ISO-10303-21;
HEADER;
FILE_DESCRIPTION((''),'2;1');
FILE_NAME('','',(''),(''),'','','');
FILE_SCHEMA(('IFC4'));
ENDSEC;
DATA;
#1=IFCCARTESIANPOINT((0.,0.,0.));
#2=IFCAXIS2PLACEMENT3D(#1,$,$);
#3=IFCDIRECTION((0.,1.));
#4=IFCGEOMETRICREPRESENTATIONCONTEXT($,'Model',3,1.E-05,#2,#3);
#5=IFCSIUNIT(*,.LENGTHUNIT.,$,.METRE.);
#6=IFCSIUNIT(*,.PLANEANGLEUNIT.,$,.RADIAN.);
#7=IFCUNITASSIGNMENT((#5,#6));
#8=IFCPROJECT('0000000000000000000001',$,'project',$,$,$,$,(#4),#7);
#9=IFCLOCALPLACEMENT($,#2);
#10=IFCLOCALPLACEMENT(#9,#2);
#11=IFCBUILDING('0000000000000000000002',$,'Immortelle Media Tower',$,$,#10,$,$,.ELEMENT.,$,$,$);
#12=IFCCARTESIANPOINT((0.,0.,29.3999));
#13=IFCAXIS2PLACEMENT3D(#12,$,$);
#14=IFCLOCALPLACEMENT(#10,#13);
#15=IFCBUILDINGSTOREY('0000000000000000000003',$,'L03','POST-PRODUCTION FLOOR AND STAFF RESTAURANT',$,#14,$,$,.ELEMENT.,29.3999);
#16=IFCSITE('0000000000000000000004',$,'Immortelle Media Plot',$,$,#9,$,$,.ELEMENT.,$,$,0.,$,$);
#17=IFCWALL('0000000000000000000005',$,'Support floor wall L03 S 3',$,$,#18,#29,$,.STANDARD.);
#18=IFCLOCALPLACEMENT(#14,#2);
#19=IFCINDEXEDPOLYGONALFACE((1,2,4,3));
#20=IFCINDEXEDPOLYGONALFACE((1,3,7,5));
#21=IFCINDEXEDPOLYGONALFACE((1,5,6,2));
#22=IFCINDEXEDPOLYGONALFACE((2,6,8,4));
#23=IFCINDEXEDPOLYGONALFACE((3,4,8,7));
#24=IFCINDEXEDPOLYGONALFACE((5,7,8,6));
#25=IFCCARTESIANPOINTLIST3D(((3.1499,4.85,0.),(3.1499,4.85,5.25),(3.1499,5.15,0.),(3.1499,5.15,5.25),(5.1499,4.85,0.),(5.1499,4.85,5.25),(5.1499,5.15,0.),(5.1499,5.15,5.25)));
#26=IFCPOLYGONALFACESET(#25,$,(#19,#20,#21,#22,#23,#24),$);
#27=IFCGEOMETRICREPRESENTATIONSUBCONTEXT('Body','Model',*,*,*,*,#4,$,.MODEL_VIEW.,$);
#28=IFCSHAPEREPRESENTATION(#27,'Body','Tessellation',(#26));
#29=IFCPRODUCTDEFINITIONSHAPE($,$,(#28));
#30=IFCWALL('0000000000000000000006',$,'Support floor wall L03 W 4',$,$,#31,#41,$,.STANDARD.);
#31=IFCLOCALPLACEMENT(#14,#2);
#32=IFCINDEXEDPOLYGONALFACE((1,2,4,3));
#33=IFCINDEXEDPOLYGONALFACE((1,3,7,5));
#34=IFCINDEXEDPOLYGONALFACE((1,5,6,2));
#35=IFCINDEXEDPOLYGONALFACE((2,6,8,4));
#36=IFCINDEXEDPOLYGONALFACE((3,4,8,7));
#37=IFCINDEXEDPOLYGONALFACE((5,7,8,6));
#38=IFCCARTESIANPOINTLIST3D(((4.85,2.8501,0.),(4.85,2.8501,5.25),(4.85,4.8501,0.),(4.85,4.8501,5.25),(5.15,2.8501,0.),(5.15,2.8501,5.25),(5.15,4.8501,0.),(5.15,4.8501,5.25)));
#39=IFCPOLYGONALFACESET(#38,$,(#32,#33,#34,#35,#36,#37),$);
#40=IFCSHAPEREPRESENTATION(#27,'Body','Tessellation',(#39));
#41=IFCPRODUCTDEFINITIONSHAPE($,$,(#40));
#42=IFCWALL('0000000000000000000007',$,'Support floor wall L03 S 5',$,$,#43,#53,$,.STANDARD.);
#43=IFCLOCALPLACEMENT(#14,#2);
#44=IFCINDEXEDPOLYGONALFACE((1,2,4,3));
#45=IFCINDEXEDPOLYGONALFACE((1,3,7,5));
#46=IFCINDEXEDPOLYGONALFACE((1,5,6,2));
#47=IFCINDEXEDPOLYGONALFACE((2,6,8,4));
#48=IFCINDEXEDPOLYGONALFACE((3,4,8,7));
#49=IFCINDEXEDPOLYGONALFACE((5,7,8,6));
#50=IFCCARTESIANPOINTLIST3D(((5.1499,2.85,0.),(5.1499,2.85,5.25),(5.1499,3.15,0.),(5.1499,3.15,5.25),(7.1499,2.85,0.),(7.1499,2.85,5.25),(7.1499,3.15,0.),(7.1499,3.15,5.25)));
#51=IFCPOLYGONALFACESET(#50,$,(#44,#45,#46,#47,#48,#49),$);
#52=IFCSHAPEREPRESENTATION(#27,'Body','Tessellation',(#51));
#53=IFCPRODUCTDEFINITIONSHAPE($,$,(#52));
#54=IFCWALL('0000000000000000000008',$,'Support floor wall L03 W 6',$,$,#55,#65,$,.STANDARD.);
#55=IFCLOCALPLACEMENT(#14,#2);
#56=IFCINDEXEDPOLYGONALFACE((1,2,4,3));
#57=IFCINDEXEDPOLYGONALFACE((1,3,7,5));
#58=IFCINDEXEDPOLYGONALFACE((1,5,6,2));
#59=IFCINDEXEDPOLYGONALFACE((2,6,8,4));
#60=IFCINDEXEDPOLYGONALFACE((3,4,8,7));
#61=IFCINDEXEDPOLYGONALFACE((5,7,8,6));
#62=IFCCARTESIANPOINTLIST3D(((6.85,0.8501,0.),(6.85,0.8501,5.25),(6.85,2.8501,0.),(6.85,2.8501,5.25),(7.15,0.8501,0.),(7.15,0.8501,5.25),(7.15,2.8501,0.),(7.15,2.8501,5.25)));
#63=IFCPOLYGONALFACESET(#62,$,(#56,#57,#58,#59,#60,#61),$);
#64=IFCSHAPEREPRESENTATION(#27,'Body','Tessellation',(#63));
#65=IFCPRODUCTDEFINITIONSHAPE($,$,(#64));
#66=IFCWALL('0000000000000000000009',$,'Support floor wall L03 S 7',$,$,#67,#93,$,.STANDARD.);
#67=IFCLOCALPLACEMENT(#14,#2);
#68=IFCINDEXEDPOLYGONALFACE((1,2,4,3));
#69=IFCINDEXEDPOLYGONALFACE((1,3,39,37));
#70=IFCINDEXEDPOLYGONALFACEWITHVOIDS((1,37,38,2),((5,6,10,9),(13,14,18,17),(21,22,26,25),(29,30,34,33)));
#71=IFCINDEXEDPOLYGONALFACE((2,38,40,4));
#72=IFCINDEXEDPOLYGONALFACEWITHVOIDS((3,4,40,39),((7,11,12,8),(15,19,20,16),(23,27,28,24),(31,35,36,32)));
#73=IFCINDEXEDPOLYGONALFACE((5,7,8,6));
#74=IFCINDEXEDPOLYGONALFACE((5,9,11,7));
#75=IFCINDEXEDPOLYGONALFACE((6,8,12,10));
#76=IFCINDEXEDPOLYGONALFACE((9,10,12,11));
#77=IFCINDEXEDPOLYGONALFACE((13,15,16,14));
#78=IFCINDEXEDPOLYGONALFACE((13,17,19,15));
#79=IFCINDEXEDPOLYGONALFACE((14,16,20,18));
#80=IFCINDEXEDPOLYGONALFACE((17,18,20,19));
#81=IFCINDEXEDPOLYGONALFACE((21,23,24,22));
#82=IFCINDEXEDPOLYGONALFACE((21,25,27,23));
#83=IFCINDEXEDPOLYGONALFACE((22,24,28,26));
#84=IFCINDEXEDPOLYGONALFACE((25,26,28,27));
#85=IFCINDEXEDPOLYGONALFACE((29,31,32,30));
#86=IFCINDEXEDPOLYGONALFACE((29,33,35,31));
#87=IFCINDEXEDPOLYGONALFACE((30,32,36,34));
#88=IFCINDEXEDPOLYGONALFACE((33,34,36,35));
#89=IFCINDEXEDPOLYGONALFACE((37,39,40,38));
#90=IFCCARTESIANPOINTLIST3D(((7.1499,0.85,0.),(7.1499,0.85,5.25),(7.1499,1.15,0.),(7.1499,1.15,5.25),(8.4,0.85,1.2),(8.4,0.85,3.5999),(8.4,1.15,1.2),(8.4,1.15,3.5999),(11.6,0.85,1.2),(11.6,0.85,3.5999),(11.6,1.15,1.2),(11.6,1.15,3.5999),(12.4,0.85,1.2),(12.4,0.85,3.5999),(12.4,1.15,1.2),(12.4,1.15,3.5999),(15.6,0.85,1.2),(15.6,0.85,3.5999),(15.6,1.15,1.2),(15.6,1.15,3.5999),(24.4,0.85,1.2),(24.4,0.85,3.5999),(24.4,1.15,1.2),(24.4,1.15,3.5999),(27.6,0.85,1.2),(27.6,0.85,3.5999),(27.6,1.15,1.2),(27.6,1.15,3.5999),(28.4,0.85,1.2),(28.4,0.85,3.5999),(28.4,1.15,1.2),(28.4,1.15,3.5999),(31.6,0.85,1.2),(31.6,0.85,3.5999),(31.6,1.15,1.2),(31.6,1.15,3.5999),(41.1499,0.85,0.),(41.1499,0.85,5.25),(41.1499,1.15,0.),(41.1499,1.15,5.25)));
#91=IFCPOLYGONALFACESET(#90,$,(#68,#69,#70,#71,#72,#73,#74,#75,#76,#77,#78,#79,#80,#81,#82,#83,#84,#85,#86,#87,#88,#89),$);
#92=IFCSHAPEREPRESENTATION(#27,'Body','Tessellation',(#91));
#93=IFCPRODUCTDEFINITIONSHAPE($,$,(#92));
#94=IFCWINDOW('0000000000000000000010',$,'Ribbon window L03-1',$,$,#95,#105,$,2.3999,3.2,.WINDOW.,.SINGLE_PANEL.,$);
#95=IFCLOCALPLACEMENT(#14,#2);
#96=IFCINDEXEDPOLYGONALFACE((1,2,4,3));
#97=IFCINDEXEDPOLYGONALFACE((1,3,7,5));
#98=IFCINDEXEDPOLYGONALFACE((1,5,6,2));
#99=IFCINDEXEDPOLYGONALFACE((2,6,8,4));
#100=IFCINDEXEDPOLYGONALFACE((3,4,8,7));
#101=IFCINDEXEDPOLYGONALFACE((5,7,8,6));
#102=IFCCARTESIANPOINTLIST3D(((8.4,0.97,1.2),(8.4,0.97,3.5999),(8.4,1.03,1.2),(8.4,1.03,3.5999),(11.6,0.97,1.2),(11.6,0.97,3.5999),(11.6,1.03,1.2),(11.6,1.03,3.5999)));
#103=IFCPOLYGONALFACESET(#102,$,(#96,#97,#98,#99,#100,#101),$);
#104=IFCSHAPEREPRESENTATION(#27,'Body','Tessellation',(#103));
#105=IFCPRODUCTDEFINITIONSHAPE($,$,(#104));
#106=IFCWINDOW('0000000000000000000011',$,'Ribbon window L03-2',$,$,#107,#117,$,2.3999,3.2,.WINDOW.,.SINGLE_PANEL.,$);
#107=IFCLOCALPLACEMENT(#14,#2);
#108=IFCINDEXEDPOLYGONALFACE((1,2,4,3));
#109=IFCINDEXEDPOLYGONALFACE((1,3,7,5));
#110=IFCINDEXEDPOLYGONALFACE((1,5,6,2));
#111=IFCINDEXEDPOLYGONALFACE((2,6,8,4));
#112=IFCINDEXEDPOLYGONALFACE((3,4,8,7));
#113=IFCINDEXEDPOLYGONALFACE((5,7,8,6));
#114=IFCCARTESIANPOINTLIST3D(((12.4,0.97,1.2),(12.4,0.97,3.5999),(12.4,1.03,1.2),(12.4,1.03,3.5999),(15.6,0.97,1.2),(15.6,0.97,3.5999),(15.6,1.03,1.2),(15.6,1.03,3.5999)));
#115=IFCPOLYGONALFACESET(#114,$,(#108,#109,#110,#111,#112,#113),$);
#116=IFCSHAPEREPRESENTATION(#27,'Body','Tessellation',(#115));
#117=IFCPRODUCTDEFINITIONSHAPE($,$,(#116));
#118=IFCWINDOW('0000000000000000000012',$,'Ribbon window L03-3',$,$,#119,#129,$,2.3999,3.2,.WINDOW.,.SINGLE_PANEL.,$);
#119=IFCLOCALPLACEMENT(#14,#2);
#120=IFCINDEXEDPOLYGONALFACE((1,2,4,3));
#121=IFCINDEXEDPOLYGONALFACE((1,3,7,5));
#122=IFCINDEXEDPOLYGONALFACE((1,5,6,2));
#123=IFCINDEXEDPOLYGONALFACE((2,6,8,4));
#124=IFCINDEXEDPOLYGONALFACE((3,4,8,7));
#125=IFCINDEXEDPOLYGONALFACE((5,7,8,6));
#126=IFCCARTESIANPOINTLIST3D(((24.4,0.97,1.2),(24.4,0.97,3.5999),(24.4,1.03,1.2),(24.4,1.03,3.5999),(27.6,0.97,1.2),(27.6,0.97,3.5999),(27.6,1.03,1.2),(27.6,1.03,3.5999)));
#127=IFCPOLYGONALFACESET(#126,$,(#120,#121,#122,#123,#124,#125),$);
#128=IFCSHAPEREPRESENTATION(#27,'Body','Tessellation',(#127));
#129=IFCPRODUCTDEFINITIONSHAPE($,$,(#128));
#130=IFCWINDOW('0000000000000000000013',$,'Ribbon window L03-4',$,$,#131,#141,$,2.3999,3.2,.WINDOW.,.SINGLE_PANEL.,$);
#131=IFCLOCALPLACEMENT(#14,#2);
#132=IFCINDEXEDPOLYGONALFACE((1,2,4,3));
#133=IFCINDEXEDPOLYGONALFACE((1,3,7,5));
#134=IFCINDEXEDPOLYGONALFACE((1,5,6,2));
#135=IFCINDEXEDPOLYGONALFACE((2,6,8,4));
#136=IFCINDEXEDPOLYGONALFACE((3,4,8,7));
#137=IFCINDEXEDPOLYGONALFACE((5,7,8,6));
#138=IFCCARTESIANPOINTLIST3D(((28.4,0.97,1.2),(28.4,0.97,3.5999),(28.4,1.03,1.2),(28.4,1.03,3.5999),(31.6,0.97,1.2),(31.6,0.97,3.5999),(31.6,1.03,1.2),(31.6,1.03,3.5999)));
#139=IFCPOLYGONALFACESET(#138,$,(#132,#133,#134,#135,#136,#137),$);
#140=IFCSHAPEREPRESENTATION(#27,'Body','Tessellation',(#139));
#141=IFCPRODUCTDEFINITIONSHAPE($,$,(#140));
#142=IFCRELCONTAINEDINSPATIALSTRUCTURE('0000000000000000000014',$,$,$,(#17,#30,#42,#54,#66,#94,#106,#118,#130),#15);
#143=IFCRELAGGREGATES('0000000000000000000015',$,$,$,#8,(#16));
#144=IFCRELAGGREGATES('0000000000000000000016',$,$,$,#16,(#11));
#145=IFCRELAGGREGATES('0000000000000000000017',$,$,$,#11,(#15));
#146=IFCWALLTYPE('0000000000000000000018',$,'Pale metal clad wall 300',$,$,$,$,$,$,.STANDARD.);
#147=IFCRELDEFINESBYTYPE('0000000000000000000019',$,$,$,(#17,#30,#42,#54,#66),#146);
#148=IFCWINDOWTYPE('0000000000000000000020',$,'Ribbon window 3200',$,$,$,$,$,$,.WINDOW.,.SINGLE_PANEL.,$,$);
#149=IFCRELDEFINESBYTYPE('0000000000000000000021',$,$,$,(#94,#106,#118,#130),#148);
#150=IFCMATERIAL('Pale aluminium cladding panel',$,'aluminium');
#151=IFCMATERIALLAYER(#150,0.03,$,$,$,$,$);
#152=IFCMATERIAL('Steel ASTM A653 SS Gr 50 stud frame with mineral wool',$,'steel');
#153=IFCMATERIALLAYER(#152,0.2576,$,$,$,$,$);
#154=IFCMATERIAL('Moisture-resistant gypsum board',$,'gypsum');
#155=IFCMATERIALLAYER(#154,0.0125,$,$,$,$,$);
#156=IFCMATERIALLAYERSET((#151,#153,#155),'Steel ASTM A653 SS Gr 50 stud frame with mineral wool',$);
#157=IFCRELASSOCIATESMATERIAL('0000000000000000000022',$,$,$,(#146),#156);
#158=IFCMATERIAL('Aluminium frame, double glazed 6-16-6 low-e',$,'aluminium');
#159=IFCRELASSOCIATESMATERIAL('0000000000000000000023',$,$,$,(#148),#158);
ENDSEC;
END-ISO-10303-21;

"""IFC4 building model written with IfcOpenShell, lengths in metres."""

from ifc_helpers import new_model, si_unit, direction, frame, frame_2d, origin, place, context, subcontext, project, spatial, rectangle, extrude, material, layer, layer_set, type_object, element, fill, save


model = new_model("IFC4")

# Units and contexts
model_context = context("Model", 3, precision=1e-05, world=origin(), true_north=direction((0.0, 1.0)))
body_context = subcontext(model_context, "Body", "Model", "MODEL_VIEW")
ifc_project = project(units=[si_unit("LENGTHUNIT", "METRE"), si_unit("PLANEANGLEUNIT", "RADIAN")], contexts=[model_context])

# Site, building, storey
site_placement = place(None, origin())
site = spatial("IfcSite", under=ifc_project, at=site_placement, Name="Immortelle Media Plot", CompositionType="ELEMENT", RefElevation=0.0)
building_placement = place(site_placement, origin())
building = spatial("IfcBuilding", under=site, at=building_placement, Name="Immortelle Media Tower", CompositionType="ELEMENT")
storey_placement = place(building_placement, frame((0.0, 0.0, 29.3999)))
storey = spatial("IfcBuildingStorey", under=building, at=storey_placement, Name="L03", Description="POST-PRODUCTION FLOOR AND STAFF RESTAURANT", CompositionType="ELEMENT", Elevation=29.3999)

# Walls
ifc_material_1 = material(Name="Pale aluminium cladding panel", Category="aluminium")
ifc_layer_1 = layer(ifc_material_1, 0.03)
ifc_material_2 = material(Name="Steel ASTM A653 SS Gr 50 stud frame with mineral wool", Category="steel")
ifc_layer_2 = layer(ifc_material_2, 0.2576)
ifc_material_3 = material(Name="Moisture-resistant gypsum board", Category="gypsum")
ifc_layer_3 = layer(ifc_material_3, 0.0125)
ifc_layer_set = layer_set([ifc_layer_1, ifc_layer_2, ifc_layer_3], Name="Steel ASTM A653 SS Gr 50 stud frame with mineral wool")
wall_type = type_object("IfcWallType", Name="Pale metal clad wall 300", PredefinedType="STANDARD", material=ifc_layer_set)
for number, where, z_axis, x_axis, name in (
    (1, (3.1499, 5.0, 0.0), (0.0, 0.0, 1.0), (1.0, 0.0, 0.0), "Support floor wall L03 S 3"),
    (2, (5.0, 4.8501, 0.0), (0.0, 0.0, 1.0), (0.0, -1.0, 0.0), "Support floor wall L03 W 4"),
    (3, (5.1499, 3.0, 0.0), (0.0, 0.0, 1.0), (1.0, 0.0, 0.0), "Support floor wall L03 S 5"),
    (4, (7.0, 2.8501, 0.0), (0.0, 0.0, 1.0), (0.0, -1.0, 0.0), "Support floor wall L03 W 6"),
):
    element("IfcWall", number, at=place(storey_placement, frame(where, z_axis=z_axis, x_axis=x_axis)), inside=storey, type_object=wall_type, Name=name, PredefinedType="STANDARD", context=body_context, shape_type="SweptSolid", body=[
        extrude(rectangle(XDim=2.0, YDim=0.3, at=frame_2d((1.0, 0.0))), origin(), (0.0, 0.0, 1.0), 5.25),
    ])

# Wall, openings, windows
wall_placement = place(storey_placement, frame((7.1499, 1.0, 0.0), z_axis=(0.0, 0.0, 1.0), x_axis=(1.0, 0.0, 0.0)))
wall = element("IfcWall", 5, at=wall_placement, inside=storey, type_object=wall_type, Name="Support floor wall L03 S 7", PredefinedType="STANDARD", context=body_context, shape_type="SweptSolid", body=[
    extrude(rectangle(XDim=34.0, YDim=0.3, at=frame_2d((17.0, 0.0))), origin(), (0.0, 0.0, 1.0), 5.25),
])
opening_1_placement = place(wall_placement, frame((1.25, 0.0, 1.2)))
opening_1 = element("IfcOpeningElement", 6, at=opening_1_placement, cuts=wall, PredefinedType="OPENING", context=body_context, shape_type="SweptSolid", body=[
    extrude(rectangle(XDim=3.2, YDim=2.3999, at=frame_2d((1.6001, 1.2))), frame((0.0, 0.1599, 0.0), z_axis=(0.0, -1.0, 0.0), x_axis=(1.0, 0.0, 0.0)), (0.0, 0.0, 1.0), 0.3201),
])
opening_2_placement = place(wall_placement, frame((5.25, 0.0, 1.2)))
opening_2 = element("IfcOpeningElement", 7, at=opening_2_placement, cuts=wall, PredefinedType="OPENING", context=body_context, shape_type="SweptSolid", body=[
    extrude(rectangle(XDim=3.2, YDim=2.3999, at=frame_2d((1.6001, 1.2))), frame((0.0, 0.1599, 0.0), z_axis=(0.0, -1.0, 0.0), x_axis=(1.0, 0.0, 0.0)), (0.0, 0.0, 1.0), 0.3201),
])
opening_3_placement = place(wall_placement, frame((17.25, 0.0, 1.2)))
opening_3 = element("IfcOpeningElement", 8, at=opening_3_placement, cuts=wall, PredefinedType="OPENING", context=body_context, shape_type="SweptSolid", body=[
    extrude(rectangle(XDim=3.2, YDim=2.3999, at=frame_2d((1.6001, 1.2))), frame((0.0, 0.1599, 0.0), z_axis=(0.0, -1.0, 0.0), x_axis=(1.0, 0.0, 0.0)), (0.0, 0.0, 1.0), 0.3201),
])
opening_4_placement = place(wall_placement, frame((21.25, 0.0, 1.2)))
opening_4 = element("IfcOpeningElement", 9, at=opening_4_placement, cuts=wall, PredefinedType="OPENING", context=body_context, shape_type="SweptSolid", body=[
    extrude(rectangle(XDim=3.2, YDim=2.3999, at=frame_2d((1.6001, 1.2))), frame((0.0, 0.1599, 0.0), z_axis=(0.0, -1.0, 0.0), x_axis=(1.0, 0.0, 0.0)), (0.0, 0.0, 1.0), 0.3201),
])
ifc_material_4 = material(Name="Aluminium frame, double glazed 6-16-6 low-e", Category="aluminium")
window_type = type_object("IfcWindowType", Name="Ribbon window 3200", PartitioningType="SINGLE_PANEL", PredefinedType="WINDOW", material=ifc_material_4)
window_1_placement = place(opening_1_placement, origin())
window_1 = element("IfcWindow", 10, at=window_1_placement, inside=storey, type_object=window_type, Name="Ribbon window L03-1", OverallHeight=2.3999, OverallWidth=3.2, PartitioningType="SINGLE_PANEL", PredefinedType="WINDOW", context=body_context, shape_type="SweptSolid", body=[
    extrude(rectangle(XDim=3.2, YDim=2.3999, at=frame_2d((1.6001, 1.2))), frame((0.0, 0.03, 0.0), z_axis=(0.0, -1.0, 0.0), x_axis=(1.0, 0.0, 0.0)), (0.0, 0.0, 1.0), 0.0601),
])
fill(opening_1, window_1)
window_2_placement = place(opening_2_placement, origin())
window_2 = element("IfcWindow", 11, at=window_2_placement, inside=storey, type_object=window_type, Name="Ribbon window L03-2", OverallHeight=2.3999, OverallWidth=3.2, PartitioningType="SINGLE_PANEL", PredefinedType="WINDOW", context=body_context, shape_type="SweptSolid", body=[
    extrude(rectangle(XDim=3.2, YDim=2.3999, at=frame_2d((1.6001, 1.2))), frame((0.0, 0.03, 0.0), z_axis=(0.0, -1.0, 0.0), x_axis=(1.0, 0.0, 0.0)), (0.0, 0.0, 1.0), 0.0601),
])
fill(opening_2, window_2)
window_3_placement = place(opening_3_placement, origin())
window_3 = element("IfcWindow", 12, at=window_3_placement, inside=storey, type_object=window_type, Name="Ribbon window L03-3", OverallHeight=2.3999, OverallWidth=3.2, PartitioningType="SINGLE_PANEL", PredefinedType="WINDOW", context=body_context, shape_type="SweptSolid", body=[
    extrude(rectangle(XDim=3.2, YDim=2.3999, at=frame_2d((1.6001, 1.2))), frame((0.0, 0.03, 0.0), z_axis=(0.0, -1.0, 0.0), x_axis=(1.0, 0.0, 0.0)), (0.0, 0.0, 1.0), 0.0601),
])
fill(opening_3, window_3)
window_4_placement = place(opening_4_placement, origin())
window_4 = element("IfcWindow", 13, at=window_4_placement, inside=storey, type_object=window_type, Name="Ribbon window L03-4", OverallHeight=2.3999, OverallWidth=3.2, PartitioningType="SINGLE_PANEL", PredefinedType="WINDOW", context=body_context, shape_type="SweptSolid", body=[
    extrude(rectangle(XDim=3.2, YDim=2.3999, at=frame_2d((1.6001, 1.2))), frame((0.0, 0.03, 0.0), z_axis=(0.0, -1.0, 0.0), x_axis=(1.0, 0.0, 0.0)), (0.0, 0.0, 1.0), 0.0601),
])
fill(opening_4, window_4)

save(model, "model.ifc")
